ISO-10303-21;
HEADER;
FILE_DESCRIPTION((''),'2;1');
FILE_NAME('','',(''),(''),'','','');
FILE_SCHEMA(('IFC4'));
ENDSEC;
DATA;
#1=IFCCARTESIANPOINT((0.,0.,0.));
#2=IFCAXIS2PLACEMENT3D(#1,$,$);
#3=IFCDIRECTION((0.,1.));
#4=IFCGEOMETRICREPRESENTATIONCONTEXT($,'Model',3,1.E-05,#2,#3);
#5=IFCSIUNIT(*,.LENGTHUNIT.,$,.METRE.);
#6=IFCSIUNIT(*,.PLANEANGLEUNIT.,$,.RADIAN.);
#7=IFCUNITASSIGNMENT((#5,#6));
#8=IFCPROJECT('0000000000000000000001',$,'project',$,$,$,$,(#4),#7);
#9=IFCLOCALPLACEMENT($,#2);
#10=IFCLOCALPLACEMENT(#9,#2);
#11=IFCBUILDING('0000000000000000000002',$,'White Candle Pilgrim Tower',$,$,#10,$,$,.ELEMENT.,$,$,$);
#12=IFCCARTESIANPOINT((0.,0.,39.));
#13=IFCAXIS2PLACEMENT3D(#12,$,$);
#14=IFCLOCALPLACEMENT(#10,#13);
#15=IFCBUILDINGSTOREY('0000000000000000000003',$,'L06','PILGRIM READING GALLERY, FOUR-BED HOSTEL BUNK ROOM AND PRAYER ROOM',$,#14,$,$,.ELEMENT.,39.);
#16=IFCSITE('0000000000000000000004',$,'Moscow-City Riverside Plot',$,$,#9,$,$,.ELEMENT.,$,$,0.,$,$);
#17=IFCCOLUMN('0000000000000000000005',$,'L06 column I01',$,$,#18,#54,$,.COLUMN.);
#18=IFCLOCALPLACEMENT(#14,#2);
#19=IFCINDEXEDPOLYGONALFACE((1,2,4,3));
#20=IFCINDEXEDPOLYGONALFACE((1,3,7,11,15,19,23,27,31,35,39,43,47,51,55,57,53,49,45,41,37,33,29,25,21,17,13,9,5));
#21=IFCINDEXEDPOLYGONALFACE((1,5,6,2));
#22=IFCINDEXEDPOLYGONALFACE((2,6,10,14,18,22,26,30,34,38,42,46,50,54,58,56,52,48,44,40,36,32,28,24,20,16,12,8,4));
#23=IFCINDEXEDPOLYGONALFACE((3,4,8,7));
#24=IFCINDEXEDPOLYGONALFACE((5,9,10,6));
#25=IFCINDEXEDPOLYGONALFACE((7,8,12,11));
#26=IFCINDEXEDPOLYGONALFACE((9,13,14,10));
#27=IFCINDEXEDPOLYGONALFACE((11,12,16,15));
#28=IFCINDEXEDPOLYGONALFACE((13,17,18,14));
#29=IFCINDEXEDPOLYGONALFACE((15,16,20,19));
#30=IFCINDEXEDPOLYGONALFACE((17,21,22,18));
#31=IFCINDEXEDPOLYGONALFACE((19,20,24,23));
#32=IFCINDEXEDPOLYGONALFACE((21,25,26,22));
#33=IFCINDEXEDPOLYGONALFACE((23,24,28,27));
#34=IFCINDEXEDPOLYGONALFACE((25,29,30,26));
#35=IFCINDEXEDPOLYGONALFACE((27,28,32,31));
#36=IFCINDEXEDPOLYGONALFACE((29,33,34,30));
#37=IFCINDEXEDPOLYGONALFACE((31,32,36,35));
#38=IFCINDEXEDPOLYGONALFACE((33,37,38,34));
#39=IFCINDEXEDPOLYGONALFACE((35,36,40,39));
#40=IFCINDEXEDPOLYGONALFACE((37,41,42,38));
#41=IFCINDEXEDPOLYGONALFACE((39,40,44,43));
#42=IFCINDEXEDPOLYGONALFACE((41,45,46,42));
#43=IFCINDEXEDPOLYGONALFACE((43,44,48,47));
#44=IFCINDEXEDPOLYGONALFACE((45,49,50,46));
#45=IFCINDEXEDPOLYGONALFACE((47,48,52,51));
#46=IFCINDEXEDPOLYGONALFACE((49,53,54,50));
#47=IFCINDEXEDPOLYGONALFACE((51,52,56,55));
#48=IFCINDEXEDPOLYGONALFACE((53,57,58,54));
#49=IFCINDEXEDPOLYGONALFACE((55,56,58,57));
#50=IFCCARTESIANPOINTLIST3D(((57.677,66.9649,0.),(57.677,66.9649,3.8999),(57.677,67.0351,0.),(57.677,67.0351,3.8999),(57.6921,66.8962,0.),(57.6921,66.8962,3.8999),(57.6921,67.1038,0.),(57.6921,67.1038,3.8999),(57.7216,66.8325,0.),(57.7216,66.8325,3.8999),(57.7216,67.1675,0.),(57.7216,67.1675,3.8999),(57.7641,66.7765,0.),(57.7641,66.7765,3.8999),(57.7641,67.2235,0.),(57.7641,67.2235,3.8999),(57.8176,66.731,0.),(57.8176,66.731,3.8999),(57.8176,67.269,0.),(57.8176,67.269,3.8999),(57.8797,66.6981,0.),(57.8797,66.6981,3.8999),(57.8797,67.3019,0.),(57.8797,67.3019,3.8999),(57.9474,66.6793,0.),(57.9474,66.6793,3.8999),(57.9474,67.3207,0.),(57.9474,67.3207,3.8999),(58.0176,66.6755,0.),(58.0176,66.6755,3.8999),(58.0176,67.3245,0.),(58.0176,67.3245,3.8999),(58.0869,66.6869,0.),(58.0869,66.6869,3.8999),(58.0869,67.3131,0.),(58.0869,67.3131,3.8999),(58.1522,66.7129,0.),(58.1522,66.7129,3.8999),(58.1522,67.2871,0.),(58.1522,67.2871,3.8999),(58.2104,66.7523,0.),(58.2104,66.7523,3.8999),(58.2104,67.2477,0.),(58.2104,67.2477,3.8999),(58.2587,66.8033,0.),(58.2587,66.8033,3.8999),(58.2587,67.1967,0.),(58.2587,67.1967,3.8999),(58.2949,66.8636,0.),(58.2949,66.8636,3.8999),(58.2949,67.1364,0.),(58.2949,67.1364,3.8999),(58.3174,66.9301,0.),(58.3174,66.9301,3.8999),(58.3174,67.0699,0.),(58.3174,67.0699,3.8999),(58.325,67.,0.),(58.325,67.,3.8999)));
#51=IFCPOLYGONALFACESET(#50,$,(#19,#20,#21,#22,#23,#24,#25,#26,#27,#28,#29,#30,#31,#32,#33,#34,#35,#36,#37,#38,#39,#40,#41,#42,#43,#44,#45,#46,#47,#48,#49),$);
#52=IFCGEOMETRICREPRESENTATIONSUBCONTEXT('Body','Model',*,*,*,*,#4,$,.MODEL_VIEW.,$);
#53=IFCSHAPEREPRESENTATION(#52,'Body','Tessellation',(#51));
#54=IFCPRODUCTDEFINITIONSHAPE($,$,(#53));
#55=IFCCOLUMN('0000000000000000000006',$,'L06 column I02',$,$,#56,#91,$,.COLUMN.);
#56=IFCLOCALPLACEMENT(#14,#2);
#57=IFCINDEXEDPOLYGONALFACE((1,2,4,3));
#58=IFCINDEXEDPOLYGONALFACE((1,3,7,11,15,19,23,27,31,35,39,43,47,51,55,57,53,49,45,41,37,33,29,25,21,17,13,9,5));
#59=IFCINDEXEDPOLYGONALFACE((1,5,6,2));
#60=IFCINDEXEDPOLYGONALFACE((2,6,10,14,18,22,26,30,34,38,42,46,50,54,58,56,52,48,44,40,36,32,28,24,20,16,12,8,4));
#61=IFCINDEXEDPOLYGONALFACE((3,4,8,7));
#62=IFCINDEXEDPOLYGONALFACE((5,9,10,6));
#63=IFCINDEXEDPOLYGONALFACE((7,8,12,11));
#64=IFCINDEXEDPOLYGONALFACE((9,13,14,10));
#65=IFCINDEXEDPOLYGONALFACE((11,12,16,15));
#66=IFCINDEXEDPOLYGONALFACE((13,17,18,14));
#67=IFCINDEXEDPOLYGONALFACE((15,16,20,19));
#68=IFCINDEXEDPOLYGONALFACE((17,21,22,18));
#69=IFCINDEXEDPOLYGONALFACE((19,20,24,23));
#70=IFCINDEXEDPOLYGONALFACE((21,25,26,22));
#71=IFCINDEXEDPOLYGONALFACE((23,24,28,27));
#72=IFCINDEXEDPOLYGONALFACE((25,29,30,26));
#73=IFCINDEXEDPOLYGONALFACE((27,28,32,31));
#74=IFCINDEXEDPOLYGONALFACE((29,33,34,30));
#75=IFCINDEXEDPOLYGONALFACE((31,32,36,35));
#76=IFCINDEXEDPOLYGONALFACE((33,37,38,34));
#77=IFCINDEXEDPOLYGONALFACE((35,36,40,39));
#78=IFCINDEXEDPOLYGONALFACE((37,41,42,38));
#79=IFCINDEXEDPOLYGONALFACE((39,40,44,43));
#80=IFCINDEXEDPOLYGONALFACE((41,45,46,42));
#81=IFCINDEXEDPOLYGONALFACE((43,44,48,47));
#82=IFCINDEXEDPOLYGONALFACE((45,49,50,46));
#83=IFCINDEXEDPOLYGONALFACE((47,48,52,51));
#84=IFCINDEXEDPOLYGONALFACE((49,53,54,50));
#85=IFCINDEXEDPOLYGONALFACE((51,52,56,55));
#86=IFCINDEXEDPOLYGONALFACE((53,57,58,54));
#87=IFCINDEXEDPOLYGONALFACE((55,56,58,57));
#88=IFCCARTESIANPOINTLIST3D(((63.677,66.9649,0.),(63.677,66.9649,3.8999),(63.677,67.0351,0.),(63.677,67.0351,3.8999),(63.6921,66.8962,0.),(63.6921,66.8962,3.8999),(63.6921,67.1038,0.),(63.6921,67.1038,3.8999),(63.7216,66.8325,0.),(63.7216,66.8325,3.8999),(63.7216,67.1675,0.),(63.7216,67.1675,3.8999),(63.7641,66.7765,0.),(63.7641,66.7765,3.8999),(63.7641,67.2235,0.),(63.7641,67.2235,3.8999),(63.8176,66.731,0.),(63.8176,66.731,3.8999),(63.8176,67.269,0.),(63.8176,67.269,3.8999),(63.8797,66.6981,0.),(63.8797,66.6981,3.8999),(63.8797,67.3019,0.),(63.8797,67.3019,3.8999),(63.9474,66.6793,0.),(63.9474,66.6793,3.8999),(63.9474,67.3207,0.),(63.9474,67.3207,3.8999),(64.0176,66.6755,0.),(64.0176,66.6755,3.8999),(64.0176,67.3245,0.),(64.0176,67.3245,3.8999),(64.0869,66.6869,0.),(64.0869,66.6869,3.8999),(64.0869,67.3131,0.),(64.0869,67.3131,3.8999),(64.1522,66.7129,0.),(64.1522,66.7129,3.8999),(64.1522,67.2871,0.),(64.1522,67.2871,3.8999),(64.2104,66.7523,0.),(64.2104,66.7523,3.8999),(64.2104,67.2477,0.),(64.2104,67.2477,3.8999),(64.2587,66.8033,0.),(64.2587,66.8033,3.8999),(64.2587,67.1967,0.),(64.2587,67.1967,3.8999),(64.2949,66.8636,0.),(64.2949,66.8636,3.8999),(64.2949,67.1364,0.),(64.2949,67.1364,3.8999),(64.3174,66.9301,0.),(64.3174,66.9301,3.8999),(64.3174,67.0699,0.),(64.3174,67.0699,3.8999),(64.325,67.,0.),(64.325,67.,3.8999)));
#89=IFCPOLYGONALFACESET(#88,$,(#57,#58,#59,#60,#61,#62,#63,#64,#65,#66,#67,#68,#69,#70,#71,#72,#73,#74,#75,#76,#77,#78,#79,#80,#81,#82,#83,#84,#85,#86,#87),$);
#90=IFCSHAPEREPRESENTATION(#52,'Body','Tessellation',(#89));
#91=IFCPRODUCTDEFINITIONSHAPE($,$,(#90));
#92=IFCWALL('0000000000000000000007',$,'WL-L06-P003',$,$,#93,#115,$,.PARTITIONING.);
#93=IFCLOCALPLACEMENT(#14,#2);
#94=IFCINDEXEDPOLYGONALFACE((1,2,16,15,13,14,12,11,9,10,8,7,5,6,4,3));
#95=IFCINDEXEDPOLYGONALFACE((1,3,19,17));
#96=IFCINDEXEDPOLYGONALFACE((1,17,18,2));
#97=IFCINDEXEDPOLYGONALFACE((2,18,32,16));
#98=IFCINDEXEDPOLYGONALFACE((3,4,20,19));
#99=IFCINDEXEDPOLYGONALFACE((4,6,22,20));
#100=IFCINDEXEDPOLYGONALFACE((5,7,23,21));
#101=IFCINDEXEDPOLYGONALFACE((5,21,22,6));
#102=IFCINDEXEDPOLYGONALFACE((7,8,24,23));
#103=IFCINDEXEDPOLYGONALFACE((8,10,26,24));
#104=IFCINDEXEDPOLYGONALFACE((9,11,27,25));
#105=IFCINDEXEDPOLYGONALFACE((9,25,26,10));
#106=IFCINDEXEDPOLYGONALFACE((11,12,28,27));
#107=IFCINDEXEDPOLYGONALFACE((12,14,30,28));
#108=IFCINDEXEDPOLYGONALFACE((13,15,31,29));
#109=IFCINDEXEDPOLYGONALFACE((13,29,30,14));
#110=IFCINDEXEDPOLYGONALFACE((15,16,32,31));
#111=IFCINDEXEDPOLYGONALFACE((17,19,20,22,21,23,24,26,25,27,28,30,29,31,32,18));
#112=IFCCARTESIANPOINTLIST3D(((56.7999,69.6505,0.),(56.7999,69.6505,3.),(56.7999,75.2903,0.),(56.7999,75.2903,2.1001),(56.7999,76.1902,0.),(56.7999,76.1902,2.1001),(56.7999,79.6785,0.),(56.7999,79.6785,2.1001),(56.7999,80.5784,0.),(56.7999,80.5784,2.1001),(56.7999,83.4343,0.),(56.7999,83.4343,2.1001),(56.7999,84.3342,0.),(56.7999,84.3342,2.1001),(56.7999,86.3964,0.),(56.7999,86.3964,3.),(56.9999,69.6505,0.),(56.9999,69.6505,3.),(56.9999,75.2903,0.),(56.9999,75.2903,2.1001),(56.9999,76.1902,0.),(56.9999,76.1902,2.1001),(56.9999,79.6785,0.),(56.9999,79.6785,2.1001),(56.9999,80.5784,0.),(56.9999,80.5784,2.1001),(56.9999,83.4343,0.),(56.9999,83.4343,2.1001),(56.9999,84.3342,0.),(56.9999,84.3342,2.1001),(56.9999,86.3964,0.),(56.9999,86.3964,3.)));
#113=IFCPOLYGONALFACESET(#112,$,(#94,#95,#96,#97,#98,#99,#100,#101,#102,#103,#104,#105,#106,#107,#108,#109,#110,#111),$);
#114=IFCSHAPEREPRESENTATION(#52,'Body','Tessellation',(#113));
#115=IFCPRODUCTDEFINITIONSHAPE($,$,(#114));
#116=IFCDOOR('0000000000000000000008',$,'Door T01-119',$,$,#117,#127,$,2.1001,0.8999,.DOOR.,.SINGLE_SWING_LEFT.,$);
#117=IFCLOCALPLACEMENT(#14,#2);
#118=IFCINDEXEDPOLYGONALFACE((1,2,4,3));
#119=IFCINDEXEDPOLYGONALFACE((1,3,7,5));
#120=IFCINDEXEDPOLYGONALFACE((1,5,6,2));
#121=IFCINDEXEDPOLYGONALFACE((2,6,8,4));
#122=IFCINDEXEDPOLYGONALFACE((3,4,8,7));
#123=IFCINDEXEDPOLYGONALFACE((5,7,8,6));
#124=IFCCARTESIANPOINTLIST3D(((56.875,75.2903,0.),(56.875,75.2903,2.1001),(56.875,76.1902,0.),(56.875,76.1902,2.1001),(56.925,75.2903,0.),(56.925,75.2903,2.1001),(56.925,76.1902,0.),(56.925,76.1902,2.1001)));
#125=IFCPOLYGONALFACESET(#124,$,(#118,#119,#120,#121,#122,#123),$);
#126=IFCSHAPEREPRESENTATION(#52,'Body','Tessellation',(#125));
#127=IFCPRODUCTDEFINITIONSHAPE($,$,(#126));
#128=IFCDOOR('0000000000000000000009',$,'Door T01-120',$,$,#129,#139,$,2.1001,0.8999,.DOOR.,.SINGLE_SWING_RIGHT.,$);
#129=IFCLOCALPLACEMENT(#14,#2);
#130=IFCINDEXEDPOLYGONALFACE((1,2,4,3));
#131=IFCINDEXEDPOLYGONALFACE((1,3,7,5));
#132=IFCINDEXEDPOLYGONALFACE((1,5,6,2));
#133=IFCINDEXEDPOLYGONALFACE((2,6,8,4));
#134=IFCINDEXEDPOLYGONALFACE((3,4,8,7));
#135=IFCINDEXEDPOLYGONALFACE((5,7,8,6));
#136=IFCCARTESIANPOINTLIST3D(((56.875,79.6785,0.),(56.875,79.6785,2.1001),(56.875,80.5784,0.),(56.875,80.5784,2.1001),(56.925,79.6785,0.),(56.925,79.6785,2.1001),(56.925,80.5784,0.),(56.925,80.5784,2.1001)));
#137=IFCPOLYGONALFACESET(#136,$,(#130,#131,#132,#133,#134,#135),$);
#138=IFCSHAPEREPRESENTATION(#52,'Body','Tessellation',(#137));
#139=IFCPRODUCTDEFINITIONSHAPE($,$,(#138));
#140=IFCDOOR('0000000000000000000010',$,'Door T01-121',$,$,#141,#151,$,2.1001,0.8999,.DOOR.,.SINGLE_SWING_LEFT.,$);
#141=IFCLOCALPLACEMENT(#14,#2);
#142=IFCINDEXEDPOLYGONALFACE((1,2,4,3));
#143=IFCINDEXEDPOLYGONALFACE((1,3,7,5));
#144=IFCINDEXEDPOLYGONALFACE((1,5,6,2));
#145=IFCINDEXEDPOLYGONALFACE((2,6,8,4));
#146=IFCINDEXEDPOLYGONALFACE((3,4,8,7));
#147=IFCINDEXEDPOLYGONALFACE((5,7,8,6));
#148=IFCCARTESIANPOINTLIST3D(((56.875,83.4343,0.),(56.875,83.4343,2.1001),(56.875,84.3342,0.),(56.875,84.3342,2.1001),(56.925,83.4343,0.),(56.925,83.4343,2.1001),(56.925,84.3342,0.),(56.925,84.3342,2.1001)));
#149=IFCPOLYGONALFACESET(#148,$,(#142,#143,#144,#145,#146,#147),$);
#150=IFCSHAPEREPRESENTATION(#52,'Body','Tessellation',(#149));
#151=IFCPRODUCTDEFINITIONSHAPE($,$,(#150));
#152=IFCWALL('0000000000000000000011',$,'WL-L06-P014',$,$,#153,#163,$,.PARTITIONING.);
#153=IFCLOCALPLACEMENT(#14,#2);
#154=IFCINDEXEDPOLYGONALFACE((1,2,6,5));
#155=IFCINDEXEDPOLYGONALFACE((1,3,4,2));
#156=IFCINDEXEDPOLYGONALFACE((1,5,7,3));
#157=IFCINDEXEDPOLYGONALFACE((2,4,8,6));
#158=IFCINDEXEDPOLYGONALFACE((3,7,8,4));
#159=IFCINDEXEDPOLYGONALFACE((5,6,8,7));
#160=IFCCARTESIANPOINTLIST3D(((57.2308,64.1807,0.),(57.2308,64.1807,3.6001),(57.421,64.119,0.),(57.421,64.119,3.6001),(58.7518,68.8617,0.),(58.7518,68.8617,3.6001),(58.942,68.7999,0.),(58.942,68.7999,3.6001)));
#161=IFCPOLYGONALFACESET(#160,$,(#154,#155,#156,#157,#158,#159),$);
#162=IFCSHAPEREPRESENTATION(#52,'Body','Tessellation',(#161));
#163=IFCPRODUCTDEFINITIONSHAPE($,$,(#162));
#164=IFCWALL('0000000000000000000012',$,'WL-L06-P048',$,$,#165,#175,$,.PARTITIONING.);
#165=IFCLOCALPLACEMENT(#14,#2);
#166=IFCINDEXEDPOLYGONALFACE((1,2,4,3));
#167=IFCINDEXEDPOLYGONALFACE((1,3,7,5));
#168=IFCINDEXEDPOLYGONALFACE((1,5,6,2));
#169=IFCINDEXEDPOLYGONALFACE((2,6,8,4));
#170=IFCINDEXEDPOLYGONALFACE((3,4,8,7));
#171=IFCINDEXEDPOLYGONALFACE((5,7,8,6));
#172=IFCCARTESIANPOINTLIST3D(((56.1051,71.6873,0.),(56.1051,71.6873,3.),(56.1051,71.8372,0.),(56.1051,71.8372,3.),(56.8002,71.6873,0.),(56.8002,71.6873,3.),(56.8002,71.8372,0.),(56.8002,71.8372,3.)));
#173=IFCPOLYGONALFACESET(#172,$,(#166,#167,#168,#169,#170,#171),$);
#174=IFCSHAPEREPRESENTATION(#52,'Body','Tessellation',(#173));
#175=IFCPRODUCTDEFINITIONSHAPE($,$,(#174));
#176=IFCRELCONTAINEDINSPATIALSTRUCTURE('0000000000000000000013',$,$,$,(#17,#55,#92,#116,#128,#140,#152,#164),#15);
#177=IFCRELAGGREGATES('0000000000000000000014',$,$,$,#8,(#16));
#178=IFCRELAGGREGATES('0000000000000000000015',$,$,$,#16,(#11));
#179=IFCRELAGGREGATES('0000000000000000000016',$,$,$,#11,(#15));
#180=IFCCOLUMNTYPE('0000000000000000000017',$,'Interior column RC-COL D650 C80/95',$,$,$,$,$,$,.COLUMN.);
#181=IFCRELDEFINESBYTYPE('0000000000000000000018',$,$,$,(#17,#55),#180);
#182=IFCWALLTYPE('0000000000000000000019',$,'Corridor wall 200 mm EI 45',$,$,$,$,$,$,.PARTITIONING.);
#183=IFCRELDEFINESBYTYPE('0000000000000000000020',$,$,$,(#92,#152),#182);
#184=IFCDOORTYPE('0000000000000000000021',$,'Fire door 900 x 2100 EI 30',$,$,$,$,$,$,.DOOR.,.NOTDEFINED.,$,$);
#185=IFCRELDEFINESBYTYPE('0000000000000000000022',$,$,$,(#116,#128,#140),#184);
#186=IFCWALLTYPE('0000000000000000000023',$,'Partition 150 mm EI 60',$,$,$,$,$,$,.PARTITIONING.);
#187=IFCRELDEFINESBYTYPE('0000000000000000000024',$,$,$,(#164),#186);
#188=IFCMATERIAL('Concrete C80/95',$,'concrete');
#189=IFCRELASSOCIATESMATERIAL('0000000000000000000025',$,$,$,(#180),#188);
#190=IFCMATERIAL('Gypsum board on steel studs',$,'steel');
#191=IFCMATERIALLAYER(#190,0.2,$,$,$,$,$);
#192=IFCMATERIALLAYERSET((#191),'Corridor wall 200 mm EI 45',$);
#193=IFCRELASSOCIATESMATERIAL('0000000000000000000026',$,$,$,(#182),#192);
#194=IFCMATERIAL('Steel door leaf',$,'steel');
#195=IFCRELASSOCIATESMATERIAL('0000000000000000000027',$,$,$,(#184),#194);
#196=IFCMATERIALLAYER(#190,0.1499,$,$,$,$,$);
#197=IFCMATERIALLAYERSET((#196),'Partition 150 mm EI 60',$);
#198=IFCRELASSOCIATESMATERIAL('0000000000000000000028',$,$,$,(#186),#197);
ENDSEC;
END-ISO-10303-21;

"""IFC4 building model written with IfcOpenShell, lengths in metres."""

from ifc_helpers import new_model, si_unit, direction, frame, frame_2d, origin, origin_2d, place, context, subcontext, project, spatial, rectangle, circle, extrude, material, layer, layer_set, material_profile, profile_set, type_object, element, fill, save


model = new_model("IFC4")

# Units and contexts
model_context = context("Model", 3, precision=1e-05, world=origin(), true_north=direction((0.0, 1.0)))
body_context = subcontext(model_context, "Body", "Model", "MODEL_VIEW")
ifc_project = project(units=[si_unit("LENGTHUNIT", "METRE"), si_unit("PLANEANGLEUNIT", "RADIAN")], contexts=[model_context])

# Site, building, storey
site_placement = place(None, origin())
site = spatial("IfcSite", under=ifc_project, at=site_placement, Name="Moscow-City Riverside Plot", CompositionType="ELEMENT", RefElevation=0.0)
building_placement = place(site_placement, origin())
building = spatial("IfcBuilding", under=site, at=building_placement, Name="White Candle Pilgrim Tower", CompositionType="ELEMENT")
storey_placement = place(building_placement, frame((0.0, 0.0, 39.0)))
storey = spatial("IfcBuildingStorey", under=building, at=storey_placement, Name="L06", Description="PILGRIM READING GALLERY, FOUR-BED HOSTEL BUNK ROOM AND PRAYER ROOM", CompositionType="ELEMENT", Elevation=39.0)

# Columns
ifc_material_1 = material(Name="Concrete C80/95", Category="concrete")
ifc_material_profile = material_profile(ifc_material_1, circle(Radius=0.325, at=origin_2d()), Name="RC-COL D650")
ifc_profile_set = profile_set([ifc_material_profile], Name="Concrete C80/95")
column_type = type_object("IfcColumnType", Name="Interior column RC-COL D650 C80/95", PredefinedType="COLUMN", material=ifc_profile_set)
for number, where, z_axis, x_axis, name in (
    (1, (58.0, 67.0, 0.0), (0.0, 0.0, 1.0), (1.0, 0.0, 0.0), "L06 column I01"),
    (2, (64.0, 67.0, 0.0), (0.0, 0.0, 1.0), (1.0, 0.0, 0.0), "L06 column I02"),
):
    element("IfcColumn", number, at=place(storey_placement, frame(where, z_axis=z_axis, x_axis=x_axis)), inside=storey, type_object=column_type, Name=name, PredefinedType="COLUMN", context=body_context, shape_type="SweptSolid", body=[
        extrude(circle(Radius=0.325, at=origin_2d()), origin(), (0.0, 0.0, 1.0), 3.8999),
    ])

# Wall, openings, doors
ifc_material_2 = material(Name="Gypsum board on steel studs", Category="steel")
ifc_layer_1 = layer(ifc_material_2, 0.2)
ifc_layer_set_1 = layer_set([ifc_layer_1], Name="Corridor wall 200 mm EI 45")
wall_type_1 = type_object("IfcWallType", Name="Corridor wall 200 mm EI 45", PredefinedType="PARTITIONING", material=ifc_layer_set_1)
wall_1_placement = place(storey_placement, frame((56.8999, 69.6504, 0.0), z_axis=(0.0, 0.0, 1.0), x_axis=(0.0, 1.0, 0.0)))
wall_1 = element("IfcWall", 3, at=wall_1_placement, inside=storey, type_object=wall_type_1, Name="WL-L06-P003", PredefinedType="PARTITIONING", context=body_context, shape_type="SweptSolid", body=[
    extrude(rectangle(XDim=16.7458, YDim=0.2, at=frame_2d((8.373, 0.0))), origin(), (0.0, 0.0, 1.0), 3.0),
])
opening_1_placement = place(wall_1_placement, frame((5.6399, 0.0, 0.0)))
opening_1 = element("IfcOpeningElement", 4, at=opening_1_placement, cuts=wall_1, PredefinedType="OPENING", context=body_context, shape_type="SweptSolid", body=[
    extrude(rectangle(XDim=0.8999, YDim=2.1001, at=frame_2d((0.45, 1.05))), frame((0.0, 0.1099, 0.0), z_axis=(0.0, -1.0, 0.0), x_axis=(1.0, 0.0, 0.0)), (0.0, 0.0, 1.0), 0.22),
])
opening_2_placement = place(wall_1_placement, frame((10.0281, 0.0, 0.0)))
opening_2 = element("IfcOpeningElement", 5, at=opening_2_placement, cuts=wall_1, PredefinedType="OPENING", context=body_context, shape_type="SweptSolid", body=[
    extrude(rectangle(XDim=0.8999, YDim=2.1001, at=frame_2d((0.45, 1.05))), frame((0.0, 0.1099, 0.0), z_axis=(0.0, -1.0, 0.0), x_axis=(1.0, 0.0, 0.0)), (0.0, 0.0, 1.0), 0.22),
])
opening_3_placement = place(wall_1_placement, frame((13.7839, 0.0, 0.0)))
opening_3 = element("IfcOpeningElement", 6, at=opening_3_placement, cuts=wall_1, PredefinedType="OPENING", context=body_context, shape_type="SweptSolid", body=[
    extrude(rectangle(XDim=0.8999, YDim=2.1001, at=frame_2d((0.45, 1.05))), frame((0.0, 0.1099, 0.0), z_axis=(0.0, -1.0, 0.0), x_axis=(1.0, 0.0, 0.0)), (0.0, 0.0, 1.0), 0.22),
])
ifc_material_3 = material(Name="Steel door leaf", Category="steel")
door_type_1 = type_object("IfcDoorType", Name="Fire door 900 x 2100 EI 30", OperationType="NOTDEFINED", PredefinedType="DOOR", material=ifc_material_3)
door_1_placement = place(opening_1_placement, origin())
door_1 = element("IfcDoor", 7, at=door_1_placement, inside=storey, type_object=door_type_1, Name="Door T01-119", OperationType="SINGLE_SWING_LEFT", OverallHeight=2.1001, OverallWidth=0.8999, PredefinedType="DOOR", context=body_context, shape_type="SweptSolid", body=[
    extrude(rectangle(XDim=0.8999, YDim=2.1001, at=frame_2d((0.45, 1.05))), frame((0.0, 0.0249, 0.0), z_axis=(0.0, -1.0, 0.0), x_axis=(1.0, 0.0, 0.0)), (0.0, 0.0, 1.0), 0.05),
])
fill(opening_1, door_1)
door_2_placement = place(opening_2_placement, origin())
door_2 = element("IfcDoor", 8, at=door_2_placement, inside=storey, type_object=door_type_1, Name="Door T01-120", OperationType="SINGLE_SWING_RIGHT", OverallHeight=2.1001, OverallWidth=0.8999, PredefinedType="DOOR", context=body_context, shape_type="SweptSolid", body=[
    extrude(rectangle(XDim=0.8999, YDim=2.1001, at=frame_2d((0.45, 1.05))), frame((0.0, 0.0249, 0.0), z_axis=(0.0, -1.0, 0.0), x_axis=(1.0, 0.0, 0.0)), (0.0, 0.0, 1.0), 0.05),
])
fill(opening_2, door_2)
door_3_placement = place(opening_3_placement, origin())
door_3 = element("IfcDoor", 9, at=door_3_placement, inside=storey, type_object=door_type_1, Name="Door T01-121", OperationType="SINGLE_SWING_LEFT", OverallHeight=2.1001, OverallWidth=0.8999, PredefinedType="DOOR", context=body_context, shape_type="SweptSolid", body=[
    extrude(rectangle(XDim=0.8999, YDim=2.1001, at=frame_2d((0.45, 1.05))), frame((0.0, 0.0249, 0.0), z_axis=(0.0, -1.0, 0.0), x_axis=(1.0, 0.0, 0.0)), (0.0, 0.0, 1.0), 0.05),
])
fill(opening_3, door_3)

# Walls
wall_2_placement = place(storey_placement, frame((58.8469, 68.8308, 0.0), z_axis=(0.0, 0.0, 1.0), x_axis=(-0.309031, -0.951052, 0.0)))
element("IfcWall", 10, at=wall_2_placement, inside=storey, type_object=wall_type_1, Name="WL-L06-P014", PredefinedType="PARTITIONING", context=body_context, shape_type="SweptSolid", body=[
    extrude(rectangle(XDim=4.9219, YDim=0.2, at=frame_2d((2.4609, 0.0))), origin(), (0.0, 0.0, 1.0), 3.6001),
])
ifc_layer_2 = layer(ifc_material_2, 0.1499)
ifc_layer_set_2 = layer_set([ifc_layer_2], Name="Partition 150 mm EI 60")
wall_type_2 = type_object("IfcWallType", Name="Partition 150 mm EI 60", PredefinedType="PARTITIONING", material=ifc_layer_set_2)
wall_3_placement = place(storey_placement, frame((56.105, 71.7622, 0.0), z_axis=(0.0, 0.0, 1.0), x_axis=(1.0, 0.0, 0.0)))
element("IfcWall", 11, at=wall_3_placement, inside=storey, type_object=wall_type_2, Name="WL-L06-P048", PredefinedType="PARTITIONING", context=body_context, shape_type="SweptSolid", body=[
    extrude(rectangle(XDim=0.6951, YDim=0.1499, at=frame_2d((0.3477, 0.0))), origin(), (0.0, 0.0, 1.0), 3.0),
])

save(model, "model.ifc")
